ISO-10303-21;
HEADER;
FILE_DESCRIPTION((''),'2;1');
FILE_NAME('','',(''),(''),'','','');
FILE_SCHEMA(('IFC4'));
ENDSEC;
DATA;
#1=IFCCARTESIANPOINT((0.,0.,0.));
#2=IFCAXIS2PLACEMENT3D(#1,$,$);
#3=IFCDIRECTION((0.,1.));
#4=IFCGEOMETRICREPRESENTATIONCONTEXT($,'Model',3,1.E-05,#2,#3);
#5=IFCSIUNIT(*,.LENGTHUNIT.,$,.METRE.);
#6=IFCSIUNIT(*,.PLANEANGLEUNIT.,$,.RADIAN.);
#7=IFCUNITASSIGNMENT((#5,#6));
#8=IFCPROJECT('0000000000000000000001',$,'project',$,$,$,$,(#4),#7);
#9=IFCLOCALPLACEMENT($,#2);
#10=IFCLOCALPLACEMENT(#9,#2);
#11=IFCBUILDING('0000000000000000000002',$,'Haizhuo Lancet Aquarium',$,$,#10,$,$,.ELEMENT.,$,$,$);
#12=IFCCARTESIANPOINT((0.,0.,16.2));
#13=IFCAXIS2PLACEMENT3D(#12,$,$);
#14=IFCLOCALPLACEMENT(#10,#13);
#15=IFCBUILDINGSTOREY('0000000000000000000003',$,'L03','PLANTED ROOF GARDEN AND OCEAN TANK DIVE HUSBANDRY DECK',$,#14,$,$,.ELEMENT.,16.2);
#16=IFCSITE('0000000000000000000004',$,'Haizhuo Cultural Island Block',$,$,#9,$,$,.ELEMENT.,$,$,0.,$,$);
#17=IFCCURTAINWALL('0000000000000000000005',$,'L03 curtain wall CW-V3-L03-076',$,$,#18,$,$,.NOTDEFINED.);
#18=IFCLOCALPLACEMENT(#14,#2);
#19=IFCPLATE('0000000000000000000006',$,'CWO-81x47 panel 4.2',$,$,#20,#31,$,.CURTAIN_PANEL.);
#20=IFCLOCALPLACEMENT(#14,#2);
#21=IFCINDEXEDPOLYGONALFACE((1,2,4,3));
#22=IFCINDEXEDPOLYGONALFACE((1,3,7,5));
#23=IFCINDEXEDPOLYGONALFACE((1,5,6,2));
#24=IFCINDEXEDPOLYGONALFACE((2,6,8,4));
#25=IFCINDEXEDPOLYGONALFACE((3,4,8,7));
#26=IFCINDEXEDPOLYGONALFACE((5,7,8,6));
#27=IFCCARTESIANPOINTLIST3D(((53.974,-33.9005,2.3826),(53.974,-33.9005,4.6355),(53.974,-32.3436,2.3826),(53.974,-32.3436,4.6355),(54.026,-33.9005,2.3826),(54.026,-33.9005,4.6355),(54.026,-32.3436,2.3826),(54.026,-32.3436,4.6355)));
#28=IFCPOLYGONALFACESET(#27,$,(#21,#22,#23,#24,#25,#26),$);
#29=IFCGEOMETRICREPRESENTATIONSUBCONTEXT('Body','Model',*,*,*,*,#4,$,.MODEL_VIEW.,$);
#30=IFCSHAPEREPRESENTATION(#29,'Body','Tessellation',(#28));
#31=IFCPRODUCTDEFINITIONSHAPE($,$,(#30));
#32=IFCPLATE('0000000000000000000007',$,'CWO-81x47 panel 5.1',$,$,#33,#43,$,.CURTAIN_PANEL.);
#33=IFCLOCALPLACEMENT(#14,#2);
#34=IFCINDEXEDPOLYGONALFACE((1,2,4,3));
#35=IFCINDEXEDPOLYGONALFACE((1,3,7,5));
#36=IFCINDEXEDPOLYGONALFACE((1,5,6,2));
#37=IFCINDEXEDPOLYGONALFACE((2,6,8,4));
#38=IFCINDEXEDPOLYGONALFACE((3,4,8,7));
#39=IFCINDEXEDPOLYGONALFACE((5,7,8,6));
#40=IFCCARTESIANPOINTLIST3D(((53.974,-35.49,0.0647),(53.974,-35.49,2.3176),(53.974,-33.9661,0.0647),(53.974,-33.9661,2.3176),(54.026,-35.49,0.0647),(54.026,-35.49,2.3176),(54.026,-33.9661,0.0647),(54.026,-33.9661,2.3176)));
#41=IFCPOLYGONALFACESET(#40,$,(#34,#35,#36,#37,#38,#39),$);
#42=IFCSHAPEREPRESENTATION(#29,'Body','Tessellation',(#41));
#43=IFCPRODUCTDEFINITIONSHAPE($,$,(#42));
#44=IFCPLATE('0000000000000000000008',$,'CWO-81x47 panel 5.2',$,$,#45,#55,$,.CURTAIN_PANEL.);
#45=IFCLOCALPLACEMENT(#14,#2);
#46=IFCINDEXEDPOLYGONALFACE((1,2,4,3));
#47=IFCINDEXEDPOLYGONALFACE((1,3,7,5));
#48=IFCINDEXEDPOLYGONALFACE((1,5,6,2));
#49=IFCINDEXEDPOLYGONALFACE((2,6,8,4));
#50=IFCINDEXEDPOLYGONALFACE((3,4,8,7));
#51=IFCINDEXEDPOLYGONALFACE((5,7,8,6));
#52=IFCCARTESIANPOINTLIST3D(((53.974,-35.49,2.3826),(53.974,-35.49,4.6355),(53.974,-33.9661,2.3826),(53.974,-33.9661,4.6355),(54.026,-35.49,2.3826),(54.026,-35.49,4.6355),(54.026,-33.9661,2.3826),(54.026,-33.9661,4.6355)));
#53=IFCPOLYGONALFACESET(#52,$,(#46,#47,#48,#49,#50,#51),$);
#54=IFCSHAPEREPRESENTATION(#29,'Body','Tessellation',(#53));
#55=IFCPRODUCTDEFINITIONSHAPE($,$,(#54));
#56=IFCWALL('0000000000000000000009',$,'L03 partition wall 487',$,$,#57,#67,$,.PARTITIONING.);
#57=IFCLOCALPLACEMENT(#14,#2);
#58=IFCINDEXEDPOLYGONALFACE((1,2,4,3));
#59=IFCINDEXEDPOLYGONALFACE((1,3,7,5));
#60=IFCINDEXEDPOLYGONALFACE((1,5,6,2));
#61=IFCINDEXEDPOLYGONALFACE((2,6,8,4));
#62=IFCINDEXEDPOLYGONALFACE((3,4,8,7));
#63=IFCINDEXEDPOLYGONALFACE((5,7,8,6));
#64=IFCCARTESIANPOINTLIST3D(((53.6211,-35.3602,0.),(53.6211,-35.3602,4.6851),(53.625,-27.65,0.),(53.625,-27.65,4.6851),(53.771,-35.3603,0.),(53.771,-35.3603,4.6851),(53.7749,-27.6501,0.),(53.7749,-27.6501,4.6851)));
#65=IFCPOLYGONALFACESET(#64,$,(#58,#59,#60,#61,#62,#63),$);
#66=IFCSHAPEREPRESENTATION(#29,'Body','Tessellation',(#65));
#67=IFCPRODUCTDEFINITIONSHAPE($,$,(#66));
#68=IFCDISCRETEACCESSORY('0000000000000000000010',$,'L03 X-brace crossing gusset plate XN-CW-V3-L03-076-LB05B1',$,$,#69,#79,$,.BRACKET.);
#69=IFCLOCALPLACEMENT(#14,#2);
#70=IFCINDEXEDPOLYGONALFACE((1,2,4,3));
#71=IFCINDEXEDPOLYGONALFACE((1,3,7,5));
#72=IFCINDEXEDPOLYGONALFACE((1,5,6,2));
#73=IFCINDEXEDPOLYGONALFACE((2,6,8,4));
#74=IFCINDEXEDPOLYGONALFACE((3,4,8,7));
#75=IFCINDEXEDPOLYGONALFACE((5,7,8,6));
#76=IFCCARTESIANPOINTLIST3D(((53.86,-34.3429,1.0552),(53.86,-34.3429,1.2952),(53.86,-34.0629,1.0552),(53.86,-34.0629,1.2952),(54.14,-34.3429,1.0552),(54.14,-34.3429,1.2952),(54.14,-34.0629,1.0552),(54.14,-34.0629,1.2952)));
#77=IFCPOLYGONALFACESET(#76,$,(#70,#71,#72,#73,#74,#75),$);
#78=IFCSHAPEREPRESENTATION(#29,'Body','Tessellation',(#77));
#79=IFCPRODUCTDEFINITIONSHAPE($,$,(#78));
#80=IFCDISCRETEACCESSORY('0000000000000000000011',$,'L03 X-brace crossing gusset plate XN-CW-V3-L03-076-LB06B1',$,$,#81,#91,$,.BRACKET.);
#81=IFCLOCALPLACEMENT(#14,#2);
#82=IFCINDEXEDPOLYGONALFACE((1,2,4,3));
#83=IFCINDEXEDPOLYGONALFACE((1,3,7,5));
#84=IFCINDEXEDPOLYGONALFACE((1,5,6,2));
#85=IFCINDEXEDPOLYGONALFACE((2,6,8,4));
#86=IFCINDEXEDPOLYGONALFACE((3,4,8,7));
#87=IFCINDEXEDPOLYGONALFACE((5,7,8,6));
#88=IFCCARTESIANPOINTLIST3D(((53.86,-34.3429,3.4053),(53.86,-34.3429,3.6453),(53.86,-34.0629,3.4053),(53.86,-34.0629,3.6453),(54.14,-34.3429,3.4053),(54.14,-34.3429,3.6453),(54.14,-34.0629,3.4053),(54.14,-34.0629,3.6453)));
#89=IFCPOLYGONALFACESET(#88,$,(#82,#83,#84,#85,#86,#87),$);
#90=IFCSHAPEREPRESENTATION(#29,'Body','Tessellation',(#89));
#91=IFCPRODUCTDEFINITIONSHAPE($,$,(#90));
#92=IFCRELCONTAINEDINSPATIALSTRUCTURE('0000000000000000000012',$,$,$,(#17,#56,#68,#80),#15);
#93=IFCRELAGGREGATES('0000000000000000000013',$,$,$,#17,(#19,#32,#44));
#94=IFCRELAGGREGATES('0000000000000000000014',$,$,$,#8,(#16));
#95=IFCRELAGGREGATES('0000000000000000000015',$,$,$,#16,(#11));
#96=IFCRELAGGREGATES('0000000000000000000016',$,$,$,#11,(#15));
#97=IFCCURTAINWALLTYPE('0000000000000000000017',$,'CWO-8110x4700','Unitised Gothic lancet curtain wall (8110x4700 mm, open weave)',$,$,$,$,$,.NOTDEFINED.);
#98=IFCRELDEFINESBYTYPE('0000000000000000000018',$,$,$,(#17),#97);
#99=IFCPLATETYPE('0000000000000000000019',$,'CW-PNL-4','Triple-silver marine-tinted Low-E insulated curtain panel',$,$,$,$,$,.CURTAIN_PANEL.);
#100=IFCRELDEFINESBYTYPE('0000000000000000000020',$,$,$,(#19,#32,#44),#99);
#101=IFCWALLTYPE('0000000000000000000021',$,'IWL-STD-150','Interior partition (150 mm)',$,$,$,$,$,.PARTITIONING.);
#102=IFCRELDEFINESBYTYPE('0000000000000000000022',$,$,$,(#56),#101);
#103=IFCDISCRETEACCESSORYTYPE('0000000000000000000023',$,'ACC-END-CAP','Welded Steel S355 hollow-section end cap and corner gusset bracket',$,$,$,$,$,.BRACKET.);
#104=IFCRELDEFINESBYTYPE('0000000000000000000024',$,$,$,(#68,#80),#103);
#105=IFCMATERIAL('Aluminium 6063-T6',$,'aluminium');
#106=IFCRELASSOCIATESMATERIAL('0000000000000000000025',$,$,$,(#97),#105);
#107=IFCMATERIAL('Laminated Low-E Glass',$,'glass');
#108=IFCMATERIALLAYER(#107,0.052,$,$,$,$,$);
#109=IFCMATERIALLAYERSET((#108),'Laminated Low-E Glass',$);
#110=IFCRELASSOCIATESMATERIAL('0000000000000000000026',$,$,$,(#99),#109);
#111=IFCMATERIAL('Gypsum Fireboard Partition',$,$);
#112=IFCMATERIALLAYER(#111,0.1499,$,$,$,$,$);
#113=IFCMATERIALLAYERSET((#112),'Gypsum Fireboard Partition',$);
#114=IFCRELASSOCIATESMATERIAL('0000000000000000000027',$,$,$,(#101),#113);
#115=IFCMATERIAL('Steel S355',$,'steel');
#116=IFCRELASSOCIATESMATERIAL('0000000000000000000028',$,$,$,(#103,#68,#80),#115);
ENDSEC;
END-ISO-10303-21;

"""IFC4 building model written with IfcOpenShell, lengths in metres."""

from ifc_helpers import new_model, si_unit, direction, frame, frame_2d, origin, origin_2d, place, context, subcontext, project, spatial, rectangle, extrude, material, layer, layer_set, type_object, element, aggregate, save


model = new_model("IFC4")

# Units and contexts
model_context = context("Model", 3, precision=1e-05, world=origin(), true_north=direction((0.0, 1.0)))
body_context = subcontext(model_context, "Body", "Model", "MODEL_VIEW")
ifc_project = project(units=[si_unit("LENGTHUNIT", "METRE"), si_unit("PLANEANGLEUNIT", "RADIAN")], contexts=[model_context])

# Site, building, storey
site_placement = place(None, origin())
site = spatial("IfcSite", under=ifc_project, at=site_placement, Name="Haizhuo Cultural Island Block", CompositionType="ELEMENT", RefElevation=0.0)
building_placement = place(site_placement, origin())
building = spatial("IfcBuilding", under=site, at=building_placement, Name="Haizhuo Lancet Aquarium", CompositionType="ELEMENT")
storey_placement = place(building_placement, frame((0.0, 0.0, 16.2)))
storey = spatial("IfcBuildingStorey", under=building, at=storey_placement, Name="L03", Description="PLANTED ROOF GARDEN AND OCEAN TANK DIVE HUSBANDRY DECK", CompositionType="ELEMENT", Elevation=16.2)

# Curtain wall
ifc_material_1 = material(Name="Aluminium 6063-T6", Category="aluminium")
curtain_wall_type = type_object("IfcCurtainWallType", Name="CWO-8110x4700", Description="Unitised Gothic lancet curtain wall (8110x4700 mm, open weave)", PredefinedType="NOTDEFINED", material=ifc_material_1)
curtain_wall_placement = place(storey_placement, origin())
curtain_wall = element("IfcCurtainWall", 1, at=curtain_wall_placement, inside=storey, type_object=curtain_wall_type, Name="L03 curtain wall CW-V3-L03-076", PredefinedType="NOTDEFINED")

# Shared definitions
ifc_material_2 = material(Name="Steel S355", Category="steel")

# Plates
ifc_material_3 = material(Name="Laminated Low-E Glass", Category="glass")
ifc_layer_1 = layer(ifc_material_3, 0.052)
ifc_layer_set_1 = layer_set([ifc_layer_1], Name="Laminated Low-E Glass")
plate_type = type_object("IfcPlateType", Name="CW-PNL-4", Description="Triple-silver marine-tinted Low-E insulated curtain panel", PredefinedType="CURTAIN_PANEL", material=ifc_layer_set_1)
plate_1_placement = place(storey_placement, frame((54.0, -33.1221, 2.3826), z_axis=(0.0, 0.0, 1.0), x_axis=(0.0, -1.0, 0.0)))
plate_1 = element("IfcPlate", 2, at=plate_1_placement, type_object=plate_type, Name="CWO-81x47 panel 4.2", PredefinedType="CURTAIN_PANEL", context=body_context, shape_type="SweptSolid", body=[
    extrude(rectangle(XDim=1.5569, YDim=0.052, at=origin_2d()), origin(), (0.0, 0.0, 1.0), 2.2529),
])
plate_2_placement = place(storey_placement, frame((54.0, -34.728, 0.0647), z_axis=(0.0, 0.0, 1.0), x_axis=(0.0, -1.0, 0.0)))
plate_2 = element("IfcPlate", 3, at=plate_2_placement, type_object=plate_type, Name="CWO-81x47 panel 5.1", PredefinedType="CURTAIN_PANEL", context=body_context, shape_type="SweptSolid", body=[
    extrude(rectangle(XDim=1.5239, YDim=0.052, at=origin_2d()), origin(), (0.0, 0.0, 1.0), 2.2529),
])
plate_3_placement = place(storey_placement, frame((54.0, -34.728, 2.3826), z_axis=(0.0, 0.0, 1.0), x_axis=(0.0, -1.0, 0.0)))
plate_3 = element("IfcPlate", 4, at=plate_3_placement, type_object=plate_type, Name="CWO-81x47 panel 5.2", PredefinedType="CURTAIN_PANEL", context=body_context, shape_type="SweptSolid", body=[
    extrude(rectangle(XDim=1.5239, YDim=0.052, at=origin_2d()), origin(), (0.0, 0.0, 1.0), 2.2529),
])
aggregate(curtain_wall, [plate_1, plate_2, plate_3])

# Wall
ifc_material_4 = material(Name="Gypsum Fireboard Partition")
ifc_layer_2 = layer(ifc_material_4, 0.1499)
ifc_layer_set_2 = layer_set([ifc_layer_2], Name="Gypsum Fireboard Partition")
wall_type = type_object("IfcWallType", Name="IWL-STD-150", Description="Interior partition (150 mm)", PredefinedType="PARTITIONING", material=ifc_layer_set_2)
wall_placement = place(storey_placement, frame((53.696, -35.3601, 0.0), z_axis=(0.0, 0.0, 1.0), x_axis=(0.000507, 1.0, 0.0)))
element("IfcWall", 5, at=wall_placement, inside=storey, type_object=wall_type, Name="L03 partition wall 487", PredefinedType="PARTITIONING", context=body_context, shape_type="SweptSolid", body=[
    extrude(rectangle(XDim=7.7102, YDim=0.1499, at=frame_2d((3.855, 0.0))), origin(), (0.0, 0.0, 1.0), 4.6851),
])

# Discrete accessories
discrete_accessory_type = type_object("IfcDiscreteAccessoryType", Name="ACC-END-CAP", Description="Welded Steel S355 hollow-section end cap and corner gusset bracket", PredefinedType="BRACKET", material=ifc_material_2)
for number, where, z_axis, x_axis, name in (
    (6, (54.0, -34.2029, 1.0552), (0.0, 0.0, 1.0), (1.0, 0.0, 0.0), "L03 X-brace crossing gusset plate XN-CW-V3-L03-076-LB05B1"),
    (7, (54.0, -34.2029, 3.4053), (0.0, 0.0, 1.0), (1.0, 0.0, 0.0), "L03 X-brace crossing gusset plate XN-CW-V3-L03-076-LB06B1"),
):
    element("IfcDiscreteAccessory", number, at=place(storey_placement, frame(where, z_axis=z_axis, x_axis=x_axis)), inside=storey, type_object=discrete_accessory_type, material=ifc_material_2, Name=name, PredefinedType="BRACKET", context=body_context, shape_type="SweptSolid", body=[
        extrude(rectangle(XDim=0.28, YDim=0.28, at=origin_2d()), origin(), (0.0, 0.0, 1.0), 0.24),
    ])

save(model, "model.ifc")
